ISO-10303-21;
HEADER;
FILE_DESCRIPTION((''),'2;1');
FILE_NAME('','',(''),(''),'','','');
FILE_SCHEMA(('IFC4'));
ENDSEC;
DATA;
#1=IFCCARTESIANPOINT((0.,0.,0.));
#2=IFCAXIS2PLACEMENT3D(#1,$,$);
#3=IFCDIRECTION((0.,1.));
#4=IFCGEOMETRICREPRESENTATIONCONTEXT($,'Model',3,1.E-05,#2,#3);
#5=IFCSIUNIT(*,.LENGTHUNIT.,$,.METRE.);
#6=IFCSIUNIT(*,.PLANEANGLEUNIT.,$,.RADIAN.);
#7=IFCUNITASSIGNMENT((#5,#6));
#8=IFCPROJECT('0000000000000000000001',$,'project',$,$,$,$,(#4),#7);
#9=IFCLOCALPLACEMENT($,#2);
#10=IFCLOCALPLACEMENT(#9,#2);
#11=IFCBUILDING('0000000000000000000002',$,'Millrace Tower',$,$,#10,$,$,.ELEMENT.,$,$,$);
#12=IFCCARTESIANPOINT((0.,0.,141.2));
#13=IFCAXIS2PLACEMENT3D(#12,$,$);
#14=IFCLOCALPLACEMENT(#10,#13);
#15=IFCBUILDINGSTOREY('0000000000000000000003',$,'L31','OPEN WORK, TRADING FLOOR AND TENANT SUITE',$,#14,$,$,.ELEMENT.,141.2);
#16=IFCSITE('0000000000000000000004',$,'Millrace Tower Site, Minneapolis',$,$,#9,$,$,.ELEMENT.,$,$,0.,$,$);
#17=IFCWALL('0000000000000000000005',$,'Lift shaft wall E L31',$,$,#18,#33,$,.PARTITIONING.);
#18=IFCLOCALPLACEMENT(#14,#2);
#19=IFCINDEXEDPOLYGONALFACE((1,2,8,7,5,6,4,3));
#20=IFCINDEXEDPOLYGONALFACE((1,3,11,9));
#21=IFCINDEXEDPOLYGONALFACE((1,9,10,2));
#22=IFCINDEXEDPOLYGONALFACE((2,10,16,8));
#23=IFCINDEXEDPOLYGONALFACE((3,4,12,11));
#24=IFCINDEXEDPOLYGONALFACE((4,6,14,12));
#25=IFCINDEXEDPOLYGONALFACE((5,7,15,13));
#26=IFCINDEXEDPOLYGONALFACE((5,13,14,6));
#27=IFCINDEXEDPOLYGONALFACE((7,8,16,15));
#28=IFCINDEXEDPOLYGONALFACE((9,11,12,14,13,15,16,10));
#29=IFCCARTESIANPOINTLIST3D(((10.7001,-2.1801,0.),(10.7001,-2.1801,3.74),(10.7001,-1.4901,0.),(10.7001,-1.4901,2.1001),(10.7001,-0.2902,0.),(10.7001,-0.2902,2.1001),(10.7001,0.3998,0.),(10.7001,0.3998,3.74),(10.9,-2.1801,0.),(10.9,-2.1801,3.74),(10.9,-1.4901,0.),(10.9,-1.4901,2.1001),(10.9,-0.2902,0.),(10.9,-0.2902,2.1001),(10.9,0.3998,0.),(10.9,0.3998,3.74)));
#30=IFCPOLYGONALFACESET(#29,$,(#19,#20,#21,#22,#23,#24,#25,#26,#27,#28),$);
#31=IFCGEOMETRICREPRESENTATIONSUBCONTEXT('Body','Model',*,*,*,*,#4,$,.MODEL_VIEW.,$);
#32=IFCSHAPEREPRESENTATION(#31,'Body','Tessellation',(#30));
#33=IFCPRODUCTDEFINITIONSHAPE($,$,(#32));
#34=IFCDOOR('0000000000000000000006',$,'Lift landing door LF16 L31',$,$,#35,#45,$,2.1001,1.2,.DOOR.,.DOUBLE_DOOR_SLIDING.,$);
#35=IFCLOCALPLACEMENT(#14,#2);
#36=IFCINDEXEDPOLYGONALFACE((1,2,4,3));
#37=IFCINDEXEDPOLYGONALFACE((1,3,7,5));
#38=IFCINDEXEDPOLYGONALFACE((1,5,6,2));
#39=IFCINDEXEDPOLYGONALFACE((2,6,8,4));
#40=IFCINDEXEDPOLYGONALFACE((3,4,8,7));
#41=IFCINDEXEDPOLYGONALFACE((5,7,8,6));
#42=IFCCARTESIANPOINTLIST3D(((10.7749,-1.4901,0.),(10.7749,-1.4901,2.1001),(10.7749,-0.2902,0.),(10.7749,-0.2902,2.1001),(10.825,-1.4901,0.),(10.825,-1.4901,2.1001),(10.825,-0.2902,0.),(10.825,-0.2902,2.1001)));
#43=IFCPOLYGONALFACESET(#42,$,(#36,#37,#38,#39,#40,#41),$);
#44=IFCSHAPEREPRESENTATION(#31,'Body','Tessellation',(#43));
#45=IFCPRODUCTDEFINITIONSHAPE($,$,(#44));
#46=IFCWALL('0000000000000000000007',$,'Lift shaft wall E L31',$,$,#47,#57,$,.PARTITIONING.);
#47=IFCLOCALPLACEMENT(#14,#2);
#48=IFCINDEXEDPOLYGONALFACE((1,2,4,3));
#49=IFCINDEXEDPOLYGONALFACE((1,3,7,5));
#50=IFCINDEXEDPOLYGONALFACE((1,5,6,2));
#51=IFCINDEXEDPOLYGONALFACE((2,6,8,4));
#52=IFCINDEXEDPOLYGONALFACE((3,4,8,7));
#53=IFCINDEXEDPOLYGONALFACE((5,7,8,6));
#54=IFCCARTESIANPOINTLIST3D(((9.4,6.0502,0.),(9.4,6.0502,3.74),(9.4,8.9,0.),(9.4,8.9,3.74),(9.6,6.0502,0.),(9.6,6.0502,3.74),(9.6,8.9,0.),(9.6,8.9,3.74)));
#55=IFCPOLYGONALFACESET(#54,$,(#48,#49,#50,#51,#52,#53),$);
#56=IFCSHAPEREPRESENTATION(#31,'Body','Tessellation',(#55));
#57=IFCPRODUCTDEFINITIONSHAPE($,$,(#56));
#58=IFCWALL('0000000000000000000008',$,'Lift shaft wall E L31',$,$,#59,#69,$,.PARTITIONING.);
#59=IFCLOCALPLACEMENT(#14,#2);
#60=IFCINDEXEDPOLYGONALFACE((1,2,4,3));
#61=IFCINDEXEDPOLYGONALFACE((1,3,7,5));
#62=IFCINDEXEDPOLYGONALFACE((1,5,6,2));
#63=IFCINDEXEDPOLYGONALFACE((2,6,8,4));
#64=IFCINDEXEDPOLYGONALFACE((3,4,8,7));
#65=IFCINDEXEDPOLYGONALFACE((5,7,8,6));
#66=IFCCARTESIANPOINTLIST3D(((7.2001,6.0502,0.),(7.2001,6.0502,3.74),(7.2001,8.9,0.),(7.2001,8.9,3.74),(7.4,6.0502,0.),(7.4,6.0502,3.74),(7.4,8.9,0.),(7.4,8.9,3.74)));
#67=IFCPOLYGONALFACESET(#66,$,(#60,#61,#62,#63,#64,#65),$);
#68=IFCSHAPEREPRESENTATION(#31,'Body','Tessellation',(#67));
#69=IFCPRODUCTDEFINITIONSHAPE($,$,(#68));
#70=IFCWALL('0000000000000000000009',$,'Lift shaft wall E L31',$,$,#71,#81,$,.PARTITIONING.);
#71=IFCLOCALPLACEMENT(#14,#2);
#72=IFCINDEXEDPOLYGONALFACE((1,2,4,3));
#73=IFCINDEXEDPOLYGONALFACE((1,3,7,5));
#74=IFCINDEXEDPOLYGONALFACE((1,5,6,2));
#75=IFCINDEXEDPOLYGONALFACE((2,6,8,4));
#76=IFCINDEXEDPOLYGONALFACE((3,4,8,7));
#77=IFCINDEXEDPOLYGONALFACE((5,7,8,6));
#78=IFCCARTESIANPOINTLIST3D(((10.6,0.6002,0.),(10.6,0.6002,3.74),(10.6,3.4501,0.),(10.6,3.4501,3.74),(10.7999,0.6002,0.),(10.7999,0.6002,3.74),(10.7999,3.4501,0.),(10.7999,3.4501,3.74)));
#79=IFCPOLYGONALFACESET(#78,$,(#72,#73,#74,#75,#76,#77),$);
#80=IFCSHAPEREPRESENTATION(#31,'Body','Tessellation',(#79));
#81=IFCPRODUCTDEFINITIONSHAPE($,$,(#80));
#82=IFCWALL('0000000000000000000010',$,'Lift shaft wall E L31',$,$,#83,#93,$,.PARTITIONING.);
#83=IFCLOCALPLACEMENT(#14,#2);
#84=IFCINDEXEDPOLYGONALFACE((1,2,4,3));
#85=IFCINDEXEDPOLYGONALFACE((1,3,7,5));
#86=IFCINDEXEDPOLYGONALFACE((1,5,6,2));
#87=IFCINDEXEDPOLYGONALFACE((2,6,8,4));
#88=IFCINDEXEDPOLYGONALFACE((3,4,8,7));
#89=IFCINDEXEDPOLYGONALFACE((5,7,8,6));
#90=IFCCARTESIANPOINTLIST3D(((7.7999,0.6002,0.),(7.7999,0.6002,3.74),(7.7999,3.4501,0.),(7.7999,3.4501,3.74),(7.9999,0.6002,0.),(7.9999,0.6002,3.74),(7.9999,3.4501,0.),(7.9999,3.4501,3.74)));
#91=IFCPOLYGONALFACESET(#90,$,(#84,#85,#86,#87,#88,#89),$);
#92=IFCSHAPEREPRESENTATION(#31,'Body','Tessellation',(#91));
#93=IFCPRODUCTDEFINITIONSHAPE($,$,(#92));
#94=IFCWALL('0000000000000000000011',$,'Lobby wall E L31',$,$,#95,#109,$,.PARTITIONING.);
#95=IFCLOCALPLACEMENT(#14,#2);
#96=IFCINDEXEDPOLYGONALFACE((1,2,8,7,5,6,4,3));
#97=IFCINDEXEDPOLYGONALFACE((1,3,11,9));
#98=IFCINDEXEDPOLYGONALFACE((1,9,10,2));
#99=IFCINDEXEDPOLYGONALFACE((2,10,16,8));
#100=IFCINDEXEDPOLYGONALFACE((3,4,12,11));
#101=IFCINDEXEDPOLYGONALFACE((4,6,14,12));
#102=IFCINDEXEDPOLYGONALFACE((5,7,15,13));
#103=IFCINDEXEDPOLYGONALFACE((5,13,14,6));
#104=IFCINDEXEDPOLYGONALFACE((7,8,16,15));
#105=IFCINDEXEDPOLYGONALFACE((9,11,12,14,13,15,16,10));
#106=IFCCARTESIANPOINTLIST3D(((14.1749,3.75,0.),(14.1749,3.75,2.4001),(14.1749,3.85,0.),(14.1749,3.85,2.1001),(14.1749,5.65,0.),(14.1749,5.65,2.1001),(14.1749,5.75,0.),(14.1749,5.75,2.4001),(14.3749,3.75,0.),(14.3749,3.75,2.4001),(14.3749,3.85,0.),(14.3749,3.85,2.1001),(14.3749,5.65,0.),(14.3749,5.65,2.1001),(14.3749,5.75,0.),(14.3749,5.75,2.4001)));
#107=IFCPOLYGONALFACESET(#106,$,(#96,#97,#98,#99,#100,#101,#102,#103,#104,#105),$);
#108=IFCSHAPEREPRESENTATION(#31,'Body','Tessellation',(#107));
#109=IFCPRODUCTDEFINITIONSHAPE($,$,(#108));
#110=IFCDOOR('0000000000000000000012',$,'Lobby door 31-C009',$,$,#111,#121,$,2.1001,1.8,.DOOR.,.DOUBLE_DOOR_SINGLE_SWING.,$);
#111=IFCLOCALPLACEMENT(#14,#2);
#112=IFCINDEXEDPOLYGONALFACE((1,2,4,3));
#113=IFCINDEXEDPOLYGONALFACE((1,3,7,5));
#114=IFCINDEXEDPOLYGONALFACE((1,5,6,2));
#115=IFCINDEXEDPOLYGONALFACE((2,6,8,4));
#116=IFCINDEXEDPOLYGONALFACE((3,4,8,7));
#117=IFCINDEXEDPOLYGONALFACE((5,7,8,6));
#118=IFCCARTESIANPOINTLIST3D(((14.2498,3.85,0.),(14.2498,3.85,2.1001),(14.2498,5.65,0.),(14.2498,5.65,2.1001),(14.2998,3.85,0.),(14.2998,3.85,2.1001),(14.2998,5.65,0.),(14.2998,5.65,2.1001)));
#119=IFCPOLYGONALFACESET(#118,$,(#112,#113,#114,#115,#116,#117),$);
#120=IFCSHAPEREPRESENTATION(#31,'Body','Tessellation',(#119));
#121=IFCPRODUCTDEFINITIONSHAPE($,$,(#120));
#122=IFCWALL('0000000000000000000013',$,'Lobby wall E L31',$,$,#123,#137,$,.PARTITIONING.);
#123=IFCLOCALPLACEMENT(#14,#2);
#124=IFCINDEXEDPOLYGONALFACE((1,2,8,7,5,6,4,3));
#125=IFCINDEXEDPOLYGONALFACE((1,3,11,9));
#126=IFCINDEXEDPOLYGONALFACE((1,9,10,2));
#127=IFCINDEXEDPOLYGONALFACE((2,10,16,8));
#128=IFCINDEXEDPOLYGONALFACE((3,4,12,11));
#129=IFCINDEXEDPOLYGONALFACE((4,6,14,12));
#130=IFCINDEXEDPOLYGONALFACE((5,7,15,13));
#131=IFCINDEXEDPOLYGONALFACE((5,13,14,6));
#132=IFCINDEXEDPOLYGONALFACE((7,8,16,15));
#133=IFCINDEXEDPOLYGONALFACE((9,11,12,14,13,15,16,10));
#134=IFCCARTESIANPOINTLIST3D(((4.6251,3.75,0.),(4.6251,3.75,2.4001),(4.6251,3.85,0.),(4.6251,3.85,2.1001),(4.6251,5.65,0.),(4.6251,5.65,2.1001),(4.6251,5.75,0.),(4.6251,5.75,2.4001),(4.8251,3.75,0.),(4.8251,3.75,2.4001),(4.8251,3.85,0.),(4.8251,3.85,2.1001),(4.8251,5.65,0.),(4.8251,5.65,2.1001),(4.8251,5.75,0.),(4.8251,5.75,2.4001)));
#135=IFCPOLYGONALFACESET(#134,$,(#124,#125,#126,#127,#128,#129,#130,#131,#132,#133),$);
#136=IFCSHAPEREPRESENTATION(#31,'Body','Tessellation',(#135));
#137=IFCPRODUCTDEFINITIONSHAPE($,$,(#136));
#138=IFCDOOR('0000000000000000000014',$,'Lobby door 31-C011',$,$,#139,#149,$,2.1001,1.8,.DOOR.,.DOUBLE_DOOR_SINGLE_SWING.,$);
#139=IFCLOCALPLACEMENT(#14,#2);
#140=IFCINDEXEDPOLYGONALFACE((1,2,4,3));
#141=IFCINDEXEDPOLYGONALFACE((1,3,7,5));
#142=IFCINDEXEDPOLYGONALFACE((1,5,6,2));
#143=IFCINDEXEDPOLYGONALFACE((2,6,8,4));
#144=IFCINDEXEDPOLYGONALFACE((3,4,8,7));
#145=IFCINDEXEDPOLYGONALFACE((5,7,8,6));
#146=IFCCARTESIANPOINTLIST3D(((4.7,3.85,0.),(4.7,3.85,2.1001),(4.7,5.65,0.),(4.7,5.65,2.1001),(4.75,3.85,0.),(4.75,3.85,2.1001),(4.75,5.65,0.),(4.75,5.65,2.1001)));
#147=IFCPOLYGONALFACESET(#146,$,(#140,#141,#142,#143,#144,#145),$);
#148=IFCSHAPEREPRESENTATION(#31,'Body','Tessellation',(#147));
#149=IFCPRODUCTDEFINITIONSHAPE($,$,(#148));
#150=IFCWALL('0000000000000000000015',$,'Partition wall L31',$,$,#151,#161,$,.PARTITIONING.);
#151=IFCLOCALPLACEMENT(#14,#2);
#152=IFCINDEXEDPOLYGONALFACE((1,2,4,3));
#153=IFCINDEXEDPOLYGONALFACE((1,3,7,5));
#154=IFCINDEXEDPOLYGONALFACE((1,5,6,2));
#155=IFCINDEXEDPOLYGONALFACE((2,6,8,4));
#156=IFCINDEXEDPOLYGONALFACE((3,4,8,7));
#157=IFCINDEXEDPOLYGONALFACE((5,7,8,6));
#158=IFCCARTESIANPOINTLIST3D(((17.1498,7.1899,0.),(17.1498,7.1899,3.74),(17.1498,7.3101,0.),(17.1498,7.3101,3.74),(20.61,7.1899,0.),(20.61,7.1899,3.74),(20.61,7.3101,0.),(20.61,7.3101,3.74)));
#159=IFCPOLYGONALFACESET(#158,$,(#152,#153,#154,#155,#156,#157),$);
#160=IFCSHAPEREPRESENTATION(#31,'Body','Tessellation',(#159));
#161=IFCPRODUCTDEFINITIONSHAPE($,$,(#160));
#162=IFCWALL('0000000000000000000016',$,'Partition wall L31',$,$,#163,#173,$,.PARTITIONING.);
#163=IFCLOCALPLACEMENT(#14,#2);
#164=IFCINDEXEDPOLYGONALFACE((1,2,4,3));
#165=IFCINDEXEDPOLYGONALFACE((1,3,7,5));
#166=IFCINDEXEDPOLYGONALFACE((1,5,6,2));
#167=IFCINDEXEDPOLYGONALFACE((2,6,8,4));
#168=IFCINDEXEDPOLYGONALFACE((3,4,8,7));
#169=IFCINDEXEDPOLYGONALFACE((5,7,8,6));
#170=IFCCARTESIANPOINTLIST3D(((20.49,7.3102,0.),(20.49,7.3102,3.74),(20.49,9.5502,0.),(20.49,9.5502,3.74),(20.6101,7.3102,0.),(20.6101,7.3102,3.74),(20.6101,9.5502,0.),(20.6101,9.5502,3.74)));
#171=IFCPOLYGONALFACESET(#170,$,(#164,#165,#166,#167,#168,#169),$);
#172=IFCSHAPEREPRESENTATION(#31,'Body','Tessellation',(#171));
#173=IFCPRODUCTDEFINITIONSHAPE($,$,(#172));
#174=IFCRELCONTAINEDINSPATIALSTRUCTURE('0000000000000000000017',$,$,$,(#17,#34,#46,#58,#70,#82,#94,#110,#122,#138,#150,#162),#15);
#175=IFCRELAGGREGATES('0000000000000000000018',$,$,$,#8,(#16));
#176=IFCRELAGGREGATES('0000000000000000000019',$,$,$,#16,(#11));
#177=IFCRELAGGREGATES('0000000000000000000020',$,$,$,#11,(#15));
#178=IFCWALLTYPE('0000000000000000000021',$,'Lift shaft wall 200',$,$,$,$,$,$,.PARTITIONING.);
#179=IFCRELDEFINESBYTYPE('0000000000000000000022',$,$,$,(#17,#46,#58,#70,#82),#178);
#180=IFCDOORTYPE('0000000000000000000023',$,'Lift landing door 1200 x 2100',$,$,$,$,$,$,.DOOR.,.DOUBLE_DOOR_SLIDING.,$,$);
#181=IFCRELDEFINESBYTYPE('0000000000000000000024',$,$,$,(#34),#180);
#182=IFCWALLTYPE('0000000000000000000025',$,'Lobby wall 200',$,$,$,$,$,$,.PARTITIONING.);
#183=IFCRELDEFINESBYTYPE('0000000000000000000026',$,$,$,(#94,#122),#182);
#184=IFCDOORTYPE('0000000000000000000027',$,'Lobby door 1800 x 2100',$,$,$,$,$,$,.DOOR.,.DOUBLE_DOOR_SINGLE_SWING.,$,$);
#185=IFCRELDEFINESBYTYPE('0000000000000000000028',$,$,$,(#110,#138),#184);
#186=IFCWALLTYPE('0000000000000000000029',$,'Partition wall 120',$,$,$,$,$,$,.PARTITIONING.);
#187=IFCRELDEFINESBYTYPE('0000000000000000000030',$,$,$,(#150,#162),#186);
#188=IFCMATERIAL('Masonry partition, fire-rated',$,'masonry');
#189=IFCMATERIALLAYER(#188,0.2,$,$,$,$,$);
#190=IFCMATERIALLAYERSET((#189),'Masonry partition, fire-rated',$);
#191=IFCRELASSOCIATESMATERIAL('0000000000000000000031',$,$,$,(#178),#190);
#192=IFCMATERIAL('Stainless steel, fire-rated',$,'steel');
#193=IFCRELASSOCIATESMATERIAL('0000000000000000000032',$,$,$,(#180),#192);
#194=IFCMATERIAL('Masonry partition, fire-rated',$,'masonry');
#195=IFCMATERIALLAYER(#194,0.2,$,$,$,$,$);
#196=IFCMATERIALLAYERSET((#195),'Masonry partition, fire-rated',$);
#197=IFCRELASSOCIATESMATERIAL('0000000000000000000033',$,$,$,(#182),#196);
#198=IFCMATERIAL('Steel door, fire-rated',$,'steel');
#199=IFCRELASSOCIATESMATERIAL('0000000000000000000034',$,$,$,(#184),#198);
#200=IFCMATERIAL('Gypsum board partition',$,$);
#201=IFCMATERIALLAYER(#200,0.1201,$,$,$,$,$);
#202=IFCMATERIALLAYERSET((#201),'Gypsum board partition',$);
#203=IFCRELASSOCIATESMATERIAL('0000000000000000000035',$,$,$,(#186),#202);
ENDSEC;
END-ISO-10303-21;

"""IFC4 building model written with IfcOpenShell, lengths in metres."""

from ifc_helpers import new_model, si_unit, direction, frame, frame_2d, origin, place, context, subcontext, project, spatial, rectangle, extrude, material, layer, layer_set, type_object, element, fill, save


model = new_model("IFC4")

# Units and contexts
model_context = context("Model", 3, precision=1e-05, world=origin(), true_north=direction((0.0, 1.0)))
body_context = subcontext(model_context, "Body", "Model", "MODEL_VIEW")
ifc_project = project(units=[si_unit("LENGTHUNIT", "METRE"), si_unit("PLANEANGLEUNIT", "RADIAN")], contexts=[model_context])

# Site, building, storey
site_placement = place(None, origin())
site = spatial("IfcSite", under=ifc_project, at=site_placement, Name="Millrace Tower Site, Minneapolis", CompositionType="ELEMENT", RefElevation=0.0)
building_placement = place(site_placement, origin())
building = spatial("IfcBuilding", under=site, at=building_placement, Name="Millrace Tower", CompositionType="ELEMENT")
storey_placement = place(building_placement, frame((0.0, 0.0, 141.2)))
storey = spatial("IfcBuildingStorey", under=building, at=storey_placement, Name="L31", Description="OPEN WORK, TRADING FLOOR AND TENANT SUITE", CompositionType="ELEMENT", Elevation=141.2)

# Shared definitions
ifc_material_1 = material(Name="Masonry partition, fire-rated", Category="masonry")
ifc_layer_1 = layer(ifc_material_1, 0.2)
ifc_layer_set_1 = layer_set([ifc_layer_1], Name="Masonry partition, fire-rated")
wall_type_1 = type_object("IfcWallType", Name="Lift shaft wall 200", PredefinedType="PARTITIONING", material=ifc_layer_set_1)
ifc_material_2 = material(Name="Stainless steel, fire-rated", Category="steel")
door_type_1 = type_object("IfcDoorType", Name="Lift landing door 1200 x 2100", OperationType="DOUBLE_DOOR_SLIDING", PredefinedType="DOOR", material=ifc_material_2)

# Wall, opening, door
wall_1_placement = place(storey_placement, frame((10.8, 0.3999, 0.0), z_axis=(0.0, 0.0, 1.0), x_axis=(0.0, -1.0, 0.0)))
wall_1 = element("IfcWall", 1, at=wall_1_placement, inside=storey, type_object=wall_type_1, Name="Lift shaft wall E L31", PredefinedType="PARTITIONING", context=body_context, shape_type="SweptSolid", body=[
    extrude(rectangle(XDim=2.5798, YDim=0.2, at=frame_2d((1.29, 0.0))), origin(), (0.0, 0.0, 1.0), 3.74),
])
opening_1_placement = place(wall_1_placement, frame((0.6899, 0.0, 0.0)))
opening_1 = element("IfcOpeningElement", 2, at=opening_1_placement, cuts=wall_1, PredefinedType="OPENING", context=body_context, shape_type="SweptSolid", body=[
    extrude(rectangle(XDim=1.2, YDim=2.1001, at=frame_2d((0.6001, 1.05))), frame((0.0, 0.1099, 0.0), z_axis=(0.0, -1.0, 0.0), x_axis=(1.0, 0.0, 0.0)), (0.0, 0.0, 1.0), 0.22),
])
door_1_placement = place(opening_1_placement, origin())
door_1 = element("IfcDoor", 3, at=door_1_placement, inside=storey, type_object=door_type_1, Name="Lift landing door LF16 L31", OperationType="DOUBLE_DOOR_SLIDING", OverallHeight=2.1001, OverallWidth=1.2, PredefinedType="DOOR", context=body_context, shape_type="SweptSolid", body=[
    extrude(rectangle(XDim=1.2, YDim=2.1001, at=frame_2d((0.6001, 1.05))), frame((0.0, 0.0249, 0.0), z_axis=(0.0, -1.0, 0.0), x_axis=(1.0, 0.0, 0.0)), (0.0, 0.0, 1.0), 0.05),
])
fill(opening_1, door_1)

# Walls
for number, where, z_axis, x_axis, name in (
    (4, (9.5, 8.8999, 0.0), (0.0, 0.0, 1.0), (0.0, -1.0, 0.0), "Lift shaft wall E L31"),
    (5, (7.3, 8.8999, 0.0), (0.0, 0.0, 1.0), (0.0, -1.0, 0.0), "Lift shaft wall E L31"),
    (6, (10.7, 3.45, 0.0), (0.0, 0.0, 1.0), (0.0, -1.0, 0.0), "Lift shaft wall E L31"),
    (7, (7.8999, 3.45, 0.0), (0.0, 0.0, 1.0), (0.0, -1.0, 0.0), "Lift shaft wall E L31"),
):
    element("IfcWall", number, at=place(storey_placement, frame(where, z_axis=z_axis, x_axis=x_axis)), inside=storey, type_object=wall_type_1, Name=name, PredefinedType="PARTITIONING", context=body_context, shape_type="SweptSolid", body=[
        extrude(rectangle(XDim=2.8499, YDim=0.2, at=frame_2d((1.4248, 0.0))), origin(), (0.0, 0.0, 1.0), 3.74),
    ])

# Walls, openings, doors
ifc_material_3 = material(Name="Masonry partition, fire-rated", Category="masonry")
ifc_layer_2 = layer(ifc_material_3, 0.2)
ifc_layer_set_2 = layer_set([ifc_layer_2], Name="Masonry partition, fire-rated")
wall_type_2 = type_object("IfcWallType", Name="Lobby wall 200", PredefinedType="PARTITIONING", material=ifc_layer_set_2)
wall_2_placement = place(storey_placement, frame((14.2749, 5.75, 0.0), z_axis=(0.0, 0.0, 1.0), x_axis=(0.0, -1.0, 0.0)))
wall_2 = element("IfcWall", 8, at=wall_2_placement, inside=storey, type_object=wall_type_2, Name="Lobby wall E L31", PredefinedType="PARTITIONING", context=body_context, shape_type="SweptSolid", body=[
    extrude(rectangle(XDim=2.0, YDim=0.2, at=frame_2d((1.0, 0.0))), origin(), (0.0, 0.0, 1.0), 2.4001),
])
opening_2_placement = place(wall_2_placement, frame((0.1001, 0.0, 0.0)))
opening_2 = element("IfcOpeningElement", 9, at=opening_2_placement, cuts=wall_2, PredefinedType="OPENING", context=body_context, shape_type="SweptSolid", body=[
    extrude(rectangle(XDim=1.8, YDim=2.1001, at=frame_2d((0.8999, 1.05))), frame((0.0, 0.1099, 0.0), z_axis=(0.0, -1.0, 0.0), x_axis=(1.0, 0.0, 0.0)), (0.0, 0.0, 1.0), 0.22),
])
ifc_material_4 = material(Name="Steel door, fire-rated", Category="steel")
door_type_2 = type_object("IfcDoorType", Name="Lobby door 1800 x 2100", OperationType="DOUBLE_DOOR_SINGLE_SWING", PredefinedType="DOOR", material=ifc_material_4)
door_2_placement = place(opening_2_placement, origin())
door_2 = element("IfcDoor", 10, at=door_2_placement, inside=storey, type_object=door_type_2, Name="Lobby door 31-C009", OperationType="DOUBLE_DOOR_SINGLE_SWING", OverallHeight=2.1001, OverallWidth=1.8, PredefinedType="DOOR", context=body_context, shape_type="SweptSolid", body=[
    extrude(rectangle(XDim=1.8, YDim=2.1001, at=frame_2d((0.8999, 1.05))), frame((0.0, 0.0249, 0.0), z_axis=(0.0, -1.0, 0.0), x_axis=(1.0, 0.0, 0.0)), (0.0, 0.0, 1.0), 0.05),
])
fill(opening_2, door_2)
wall_3_placement = place(storey_placement, frame((4.7251, 5.75, 0.0), z_axis=(0.0, 0.0, 1.0), x_axis=(0.0, -1.0, 0.0)))
wall_3 = element("IfcWall", 11, at=wall_3_placement, inside=storey, type_object=wall_type_2, Name="Lobby wall E L31", PredefinedType="PARTITIONING", context=body_context, shape_type="SweptSolid", body=[
    extrude(rectangle(XDim=2.0, YDim=0.2, at=frame_2d((1.0, 0.0))), origin(), (0.0, 0.0, 1.0), 2.4001),
])
opening_3_placement = place(wall_3_placement, frame((0.1001, 0.0, 0.0)))
opening_3 = element("IfcOpeningElement", 12, at=opening_3_placement, cuts=wall_3, PredefinedType="OPENING", context=body_context, shape_type="SweptSolid", body=[
    extrude(rectangle(XDim=1.8, YDim=2.1001, at=frame_2d((0.8999, 1.05))), frame((0.0, 0.1099, 0.0), z_axis=(0.0, -1.0, 0.0), x_axis=(1.0, 0.0, 0.0)), (0.0, 0.0, 1.0), 0.22),
])
door_3_placement = place(opening_3_placement, origin())
door_3 = element("IfcDoor", 13, at=door_3_placement, inside=storey, type_object=door_type_2, Name="Lobby door 31-C011", OperationType="DOUBLE_DOOR_SINGLE_SWING", OverallHeight=2.1001, OverallWidth=1.8, PredefinedType="DOOR", context=body_context, shape_type="SweptSolid", body=[
    extrude(rectangle(XDim=1.8, YDim=2.1001, at=frame_2d((0.8999, 1.05))), frame((0.0, 0.0249, 0.0), z_axis=(0.0, -1.0, 0.0), x_axis=(1.0, 0.0, 0.0)), (0.0, 0.0, 1.0), 0.05),
])
fill(opening_3, door_3)

# Walls
ifc_material_5 = material(Name="Gypsum board partition")
ifc_layer_3 = layer(ifc_material_5, 0.1201)
ifc_layer_set_3 = layer_set([ifc_layer_3], Name="Gypsum board partition")
wall_type_3 = type_object("IfcWallType", Name="Partition wall 120", PredefinedType="PARTITIONING", material=ifc_layer_set_3)
wall_4_placement = place(storey_placement, frame((17.1499, 7.25, 0.0), z_axis=(0.0, 0.0, 1.0), x_axis=(1.0, 0.0, 0.0)))
element("IfcWall", 14, at=wall_4_placement, inside=storey, type_object=wall_type_3, Name="Partition wall L31", PredefinedType="PARTITIONING", context=body_context, shape_type="SweptSolid", body=[
    extrude(rectangle(XDim=3.4602, YDim=0.1201, at=frame_2d((1.73, 0.0))), origin(), (0.0, 0.0, 1.0), 3.74),
])
wall_5_placement = place(storey_placement, frame((20.55, 7.3101, 0.0), z_axis=(0.0, 0.0, 1.0), x_axis=(0.0, 1.0, 0.0)))
element("IfcWall", 15, at=wall_5_placement, inside=storey, type_object=wall_type_3, Name="Partition wall L31", PredefinedType="PARTITIONING", context=body_context, shape_type="SweptSolid", body=[
    extrude(rectangle(XDim=2.24, YDim=0.1201, at=frame_2d((1.1201, 0.0))), origin(), (0.0, 0.0, 1.0), 3.74),
])

save(model, "model.ifc")
